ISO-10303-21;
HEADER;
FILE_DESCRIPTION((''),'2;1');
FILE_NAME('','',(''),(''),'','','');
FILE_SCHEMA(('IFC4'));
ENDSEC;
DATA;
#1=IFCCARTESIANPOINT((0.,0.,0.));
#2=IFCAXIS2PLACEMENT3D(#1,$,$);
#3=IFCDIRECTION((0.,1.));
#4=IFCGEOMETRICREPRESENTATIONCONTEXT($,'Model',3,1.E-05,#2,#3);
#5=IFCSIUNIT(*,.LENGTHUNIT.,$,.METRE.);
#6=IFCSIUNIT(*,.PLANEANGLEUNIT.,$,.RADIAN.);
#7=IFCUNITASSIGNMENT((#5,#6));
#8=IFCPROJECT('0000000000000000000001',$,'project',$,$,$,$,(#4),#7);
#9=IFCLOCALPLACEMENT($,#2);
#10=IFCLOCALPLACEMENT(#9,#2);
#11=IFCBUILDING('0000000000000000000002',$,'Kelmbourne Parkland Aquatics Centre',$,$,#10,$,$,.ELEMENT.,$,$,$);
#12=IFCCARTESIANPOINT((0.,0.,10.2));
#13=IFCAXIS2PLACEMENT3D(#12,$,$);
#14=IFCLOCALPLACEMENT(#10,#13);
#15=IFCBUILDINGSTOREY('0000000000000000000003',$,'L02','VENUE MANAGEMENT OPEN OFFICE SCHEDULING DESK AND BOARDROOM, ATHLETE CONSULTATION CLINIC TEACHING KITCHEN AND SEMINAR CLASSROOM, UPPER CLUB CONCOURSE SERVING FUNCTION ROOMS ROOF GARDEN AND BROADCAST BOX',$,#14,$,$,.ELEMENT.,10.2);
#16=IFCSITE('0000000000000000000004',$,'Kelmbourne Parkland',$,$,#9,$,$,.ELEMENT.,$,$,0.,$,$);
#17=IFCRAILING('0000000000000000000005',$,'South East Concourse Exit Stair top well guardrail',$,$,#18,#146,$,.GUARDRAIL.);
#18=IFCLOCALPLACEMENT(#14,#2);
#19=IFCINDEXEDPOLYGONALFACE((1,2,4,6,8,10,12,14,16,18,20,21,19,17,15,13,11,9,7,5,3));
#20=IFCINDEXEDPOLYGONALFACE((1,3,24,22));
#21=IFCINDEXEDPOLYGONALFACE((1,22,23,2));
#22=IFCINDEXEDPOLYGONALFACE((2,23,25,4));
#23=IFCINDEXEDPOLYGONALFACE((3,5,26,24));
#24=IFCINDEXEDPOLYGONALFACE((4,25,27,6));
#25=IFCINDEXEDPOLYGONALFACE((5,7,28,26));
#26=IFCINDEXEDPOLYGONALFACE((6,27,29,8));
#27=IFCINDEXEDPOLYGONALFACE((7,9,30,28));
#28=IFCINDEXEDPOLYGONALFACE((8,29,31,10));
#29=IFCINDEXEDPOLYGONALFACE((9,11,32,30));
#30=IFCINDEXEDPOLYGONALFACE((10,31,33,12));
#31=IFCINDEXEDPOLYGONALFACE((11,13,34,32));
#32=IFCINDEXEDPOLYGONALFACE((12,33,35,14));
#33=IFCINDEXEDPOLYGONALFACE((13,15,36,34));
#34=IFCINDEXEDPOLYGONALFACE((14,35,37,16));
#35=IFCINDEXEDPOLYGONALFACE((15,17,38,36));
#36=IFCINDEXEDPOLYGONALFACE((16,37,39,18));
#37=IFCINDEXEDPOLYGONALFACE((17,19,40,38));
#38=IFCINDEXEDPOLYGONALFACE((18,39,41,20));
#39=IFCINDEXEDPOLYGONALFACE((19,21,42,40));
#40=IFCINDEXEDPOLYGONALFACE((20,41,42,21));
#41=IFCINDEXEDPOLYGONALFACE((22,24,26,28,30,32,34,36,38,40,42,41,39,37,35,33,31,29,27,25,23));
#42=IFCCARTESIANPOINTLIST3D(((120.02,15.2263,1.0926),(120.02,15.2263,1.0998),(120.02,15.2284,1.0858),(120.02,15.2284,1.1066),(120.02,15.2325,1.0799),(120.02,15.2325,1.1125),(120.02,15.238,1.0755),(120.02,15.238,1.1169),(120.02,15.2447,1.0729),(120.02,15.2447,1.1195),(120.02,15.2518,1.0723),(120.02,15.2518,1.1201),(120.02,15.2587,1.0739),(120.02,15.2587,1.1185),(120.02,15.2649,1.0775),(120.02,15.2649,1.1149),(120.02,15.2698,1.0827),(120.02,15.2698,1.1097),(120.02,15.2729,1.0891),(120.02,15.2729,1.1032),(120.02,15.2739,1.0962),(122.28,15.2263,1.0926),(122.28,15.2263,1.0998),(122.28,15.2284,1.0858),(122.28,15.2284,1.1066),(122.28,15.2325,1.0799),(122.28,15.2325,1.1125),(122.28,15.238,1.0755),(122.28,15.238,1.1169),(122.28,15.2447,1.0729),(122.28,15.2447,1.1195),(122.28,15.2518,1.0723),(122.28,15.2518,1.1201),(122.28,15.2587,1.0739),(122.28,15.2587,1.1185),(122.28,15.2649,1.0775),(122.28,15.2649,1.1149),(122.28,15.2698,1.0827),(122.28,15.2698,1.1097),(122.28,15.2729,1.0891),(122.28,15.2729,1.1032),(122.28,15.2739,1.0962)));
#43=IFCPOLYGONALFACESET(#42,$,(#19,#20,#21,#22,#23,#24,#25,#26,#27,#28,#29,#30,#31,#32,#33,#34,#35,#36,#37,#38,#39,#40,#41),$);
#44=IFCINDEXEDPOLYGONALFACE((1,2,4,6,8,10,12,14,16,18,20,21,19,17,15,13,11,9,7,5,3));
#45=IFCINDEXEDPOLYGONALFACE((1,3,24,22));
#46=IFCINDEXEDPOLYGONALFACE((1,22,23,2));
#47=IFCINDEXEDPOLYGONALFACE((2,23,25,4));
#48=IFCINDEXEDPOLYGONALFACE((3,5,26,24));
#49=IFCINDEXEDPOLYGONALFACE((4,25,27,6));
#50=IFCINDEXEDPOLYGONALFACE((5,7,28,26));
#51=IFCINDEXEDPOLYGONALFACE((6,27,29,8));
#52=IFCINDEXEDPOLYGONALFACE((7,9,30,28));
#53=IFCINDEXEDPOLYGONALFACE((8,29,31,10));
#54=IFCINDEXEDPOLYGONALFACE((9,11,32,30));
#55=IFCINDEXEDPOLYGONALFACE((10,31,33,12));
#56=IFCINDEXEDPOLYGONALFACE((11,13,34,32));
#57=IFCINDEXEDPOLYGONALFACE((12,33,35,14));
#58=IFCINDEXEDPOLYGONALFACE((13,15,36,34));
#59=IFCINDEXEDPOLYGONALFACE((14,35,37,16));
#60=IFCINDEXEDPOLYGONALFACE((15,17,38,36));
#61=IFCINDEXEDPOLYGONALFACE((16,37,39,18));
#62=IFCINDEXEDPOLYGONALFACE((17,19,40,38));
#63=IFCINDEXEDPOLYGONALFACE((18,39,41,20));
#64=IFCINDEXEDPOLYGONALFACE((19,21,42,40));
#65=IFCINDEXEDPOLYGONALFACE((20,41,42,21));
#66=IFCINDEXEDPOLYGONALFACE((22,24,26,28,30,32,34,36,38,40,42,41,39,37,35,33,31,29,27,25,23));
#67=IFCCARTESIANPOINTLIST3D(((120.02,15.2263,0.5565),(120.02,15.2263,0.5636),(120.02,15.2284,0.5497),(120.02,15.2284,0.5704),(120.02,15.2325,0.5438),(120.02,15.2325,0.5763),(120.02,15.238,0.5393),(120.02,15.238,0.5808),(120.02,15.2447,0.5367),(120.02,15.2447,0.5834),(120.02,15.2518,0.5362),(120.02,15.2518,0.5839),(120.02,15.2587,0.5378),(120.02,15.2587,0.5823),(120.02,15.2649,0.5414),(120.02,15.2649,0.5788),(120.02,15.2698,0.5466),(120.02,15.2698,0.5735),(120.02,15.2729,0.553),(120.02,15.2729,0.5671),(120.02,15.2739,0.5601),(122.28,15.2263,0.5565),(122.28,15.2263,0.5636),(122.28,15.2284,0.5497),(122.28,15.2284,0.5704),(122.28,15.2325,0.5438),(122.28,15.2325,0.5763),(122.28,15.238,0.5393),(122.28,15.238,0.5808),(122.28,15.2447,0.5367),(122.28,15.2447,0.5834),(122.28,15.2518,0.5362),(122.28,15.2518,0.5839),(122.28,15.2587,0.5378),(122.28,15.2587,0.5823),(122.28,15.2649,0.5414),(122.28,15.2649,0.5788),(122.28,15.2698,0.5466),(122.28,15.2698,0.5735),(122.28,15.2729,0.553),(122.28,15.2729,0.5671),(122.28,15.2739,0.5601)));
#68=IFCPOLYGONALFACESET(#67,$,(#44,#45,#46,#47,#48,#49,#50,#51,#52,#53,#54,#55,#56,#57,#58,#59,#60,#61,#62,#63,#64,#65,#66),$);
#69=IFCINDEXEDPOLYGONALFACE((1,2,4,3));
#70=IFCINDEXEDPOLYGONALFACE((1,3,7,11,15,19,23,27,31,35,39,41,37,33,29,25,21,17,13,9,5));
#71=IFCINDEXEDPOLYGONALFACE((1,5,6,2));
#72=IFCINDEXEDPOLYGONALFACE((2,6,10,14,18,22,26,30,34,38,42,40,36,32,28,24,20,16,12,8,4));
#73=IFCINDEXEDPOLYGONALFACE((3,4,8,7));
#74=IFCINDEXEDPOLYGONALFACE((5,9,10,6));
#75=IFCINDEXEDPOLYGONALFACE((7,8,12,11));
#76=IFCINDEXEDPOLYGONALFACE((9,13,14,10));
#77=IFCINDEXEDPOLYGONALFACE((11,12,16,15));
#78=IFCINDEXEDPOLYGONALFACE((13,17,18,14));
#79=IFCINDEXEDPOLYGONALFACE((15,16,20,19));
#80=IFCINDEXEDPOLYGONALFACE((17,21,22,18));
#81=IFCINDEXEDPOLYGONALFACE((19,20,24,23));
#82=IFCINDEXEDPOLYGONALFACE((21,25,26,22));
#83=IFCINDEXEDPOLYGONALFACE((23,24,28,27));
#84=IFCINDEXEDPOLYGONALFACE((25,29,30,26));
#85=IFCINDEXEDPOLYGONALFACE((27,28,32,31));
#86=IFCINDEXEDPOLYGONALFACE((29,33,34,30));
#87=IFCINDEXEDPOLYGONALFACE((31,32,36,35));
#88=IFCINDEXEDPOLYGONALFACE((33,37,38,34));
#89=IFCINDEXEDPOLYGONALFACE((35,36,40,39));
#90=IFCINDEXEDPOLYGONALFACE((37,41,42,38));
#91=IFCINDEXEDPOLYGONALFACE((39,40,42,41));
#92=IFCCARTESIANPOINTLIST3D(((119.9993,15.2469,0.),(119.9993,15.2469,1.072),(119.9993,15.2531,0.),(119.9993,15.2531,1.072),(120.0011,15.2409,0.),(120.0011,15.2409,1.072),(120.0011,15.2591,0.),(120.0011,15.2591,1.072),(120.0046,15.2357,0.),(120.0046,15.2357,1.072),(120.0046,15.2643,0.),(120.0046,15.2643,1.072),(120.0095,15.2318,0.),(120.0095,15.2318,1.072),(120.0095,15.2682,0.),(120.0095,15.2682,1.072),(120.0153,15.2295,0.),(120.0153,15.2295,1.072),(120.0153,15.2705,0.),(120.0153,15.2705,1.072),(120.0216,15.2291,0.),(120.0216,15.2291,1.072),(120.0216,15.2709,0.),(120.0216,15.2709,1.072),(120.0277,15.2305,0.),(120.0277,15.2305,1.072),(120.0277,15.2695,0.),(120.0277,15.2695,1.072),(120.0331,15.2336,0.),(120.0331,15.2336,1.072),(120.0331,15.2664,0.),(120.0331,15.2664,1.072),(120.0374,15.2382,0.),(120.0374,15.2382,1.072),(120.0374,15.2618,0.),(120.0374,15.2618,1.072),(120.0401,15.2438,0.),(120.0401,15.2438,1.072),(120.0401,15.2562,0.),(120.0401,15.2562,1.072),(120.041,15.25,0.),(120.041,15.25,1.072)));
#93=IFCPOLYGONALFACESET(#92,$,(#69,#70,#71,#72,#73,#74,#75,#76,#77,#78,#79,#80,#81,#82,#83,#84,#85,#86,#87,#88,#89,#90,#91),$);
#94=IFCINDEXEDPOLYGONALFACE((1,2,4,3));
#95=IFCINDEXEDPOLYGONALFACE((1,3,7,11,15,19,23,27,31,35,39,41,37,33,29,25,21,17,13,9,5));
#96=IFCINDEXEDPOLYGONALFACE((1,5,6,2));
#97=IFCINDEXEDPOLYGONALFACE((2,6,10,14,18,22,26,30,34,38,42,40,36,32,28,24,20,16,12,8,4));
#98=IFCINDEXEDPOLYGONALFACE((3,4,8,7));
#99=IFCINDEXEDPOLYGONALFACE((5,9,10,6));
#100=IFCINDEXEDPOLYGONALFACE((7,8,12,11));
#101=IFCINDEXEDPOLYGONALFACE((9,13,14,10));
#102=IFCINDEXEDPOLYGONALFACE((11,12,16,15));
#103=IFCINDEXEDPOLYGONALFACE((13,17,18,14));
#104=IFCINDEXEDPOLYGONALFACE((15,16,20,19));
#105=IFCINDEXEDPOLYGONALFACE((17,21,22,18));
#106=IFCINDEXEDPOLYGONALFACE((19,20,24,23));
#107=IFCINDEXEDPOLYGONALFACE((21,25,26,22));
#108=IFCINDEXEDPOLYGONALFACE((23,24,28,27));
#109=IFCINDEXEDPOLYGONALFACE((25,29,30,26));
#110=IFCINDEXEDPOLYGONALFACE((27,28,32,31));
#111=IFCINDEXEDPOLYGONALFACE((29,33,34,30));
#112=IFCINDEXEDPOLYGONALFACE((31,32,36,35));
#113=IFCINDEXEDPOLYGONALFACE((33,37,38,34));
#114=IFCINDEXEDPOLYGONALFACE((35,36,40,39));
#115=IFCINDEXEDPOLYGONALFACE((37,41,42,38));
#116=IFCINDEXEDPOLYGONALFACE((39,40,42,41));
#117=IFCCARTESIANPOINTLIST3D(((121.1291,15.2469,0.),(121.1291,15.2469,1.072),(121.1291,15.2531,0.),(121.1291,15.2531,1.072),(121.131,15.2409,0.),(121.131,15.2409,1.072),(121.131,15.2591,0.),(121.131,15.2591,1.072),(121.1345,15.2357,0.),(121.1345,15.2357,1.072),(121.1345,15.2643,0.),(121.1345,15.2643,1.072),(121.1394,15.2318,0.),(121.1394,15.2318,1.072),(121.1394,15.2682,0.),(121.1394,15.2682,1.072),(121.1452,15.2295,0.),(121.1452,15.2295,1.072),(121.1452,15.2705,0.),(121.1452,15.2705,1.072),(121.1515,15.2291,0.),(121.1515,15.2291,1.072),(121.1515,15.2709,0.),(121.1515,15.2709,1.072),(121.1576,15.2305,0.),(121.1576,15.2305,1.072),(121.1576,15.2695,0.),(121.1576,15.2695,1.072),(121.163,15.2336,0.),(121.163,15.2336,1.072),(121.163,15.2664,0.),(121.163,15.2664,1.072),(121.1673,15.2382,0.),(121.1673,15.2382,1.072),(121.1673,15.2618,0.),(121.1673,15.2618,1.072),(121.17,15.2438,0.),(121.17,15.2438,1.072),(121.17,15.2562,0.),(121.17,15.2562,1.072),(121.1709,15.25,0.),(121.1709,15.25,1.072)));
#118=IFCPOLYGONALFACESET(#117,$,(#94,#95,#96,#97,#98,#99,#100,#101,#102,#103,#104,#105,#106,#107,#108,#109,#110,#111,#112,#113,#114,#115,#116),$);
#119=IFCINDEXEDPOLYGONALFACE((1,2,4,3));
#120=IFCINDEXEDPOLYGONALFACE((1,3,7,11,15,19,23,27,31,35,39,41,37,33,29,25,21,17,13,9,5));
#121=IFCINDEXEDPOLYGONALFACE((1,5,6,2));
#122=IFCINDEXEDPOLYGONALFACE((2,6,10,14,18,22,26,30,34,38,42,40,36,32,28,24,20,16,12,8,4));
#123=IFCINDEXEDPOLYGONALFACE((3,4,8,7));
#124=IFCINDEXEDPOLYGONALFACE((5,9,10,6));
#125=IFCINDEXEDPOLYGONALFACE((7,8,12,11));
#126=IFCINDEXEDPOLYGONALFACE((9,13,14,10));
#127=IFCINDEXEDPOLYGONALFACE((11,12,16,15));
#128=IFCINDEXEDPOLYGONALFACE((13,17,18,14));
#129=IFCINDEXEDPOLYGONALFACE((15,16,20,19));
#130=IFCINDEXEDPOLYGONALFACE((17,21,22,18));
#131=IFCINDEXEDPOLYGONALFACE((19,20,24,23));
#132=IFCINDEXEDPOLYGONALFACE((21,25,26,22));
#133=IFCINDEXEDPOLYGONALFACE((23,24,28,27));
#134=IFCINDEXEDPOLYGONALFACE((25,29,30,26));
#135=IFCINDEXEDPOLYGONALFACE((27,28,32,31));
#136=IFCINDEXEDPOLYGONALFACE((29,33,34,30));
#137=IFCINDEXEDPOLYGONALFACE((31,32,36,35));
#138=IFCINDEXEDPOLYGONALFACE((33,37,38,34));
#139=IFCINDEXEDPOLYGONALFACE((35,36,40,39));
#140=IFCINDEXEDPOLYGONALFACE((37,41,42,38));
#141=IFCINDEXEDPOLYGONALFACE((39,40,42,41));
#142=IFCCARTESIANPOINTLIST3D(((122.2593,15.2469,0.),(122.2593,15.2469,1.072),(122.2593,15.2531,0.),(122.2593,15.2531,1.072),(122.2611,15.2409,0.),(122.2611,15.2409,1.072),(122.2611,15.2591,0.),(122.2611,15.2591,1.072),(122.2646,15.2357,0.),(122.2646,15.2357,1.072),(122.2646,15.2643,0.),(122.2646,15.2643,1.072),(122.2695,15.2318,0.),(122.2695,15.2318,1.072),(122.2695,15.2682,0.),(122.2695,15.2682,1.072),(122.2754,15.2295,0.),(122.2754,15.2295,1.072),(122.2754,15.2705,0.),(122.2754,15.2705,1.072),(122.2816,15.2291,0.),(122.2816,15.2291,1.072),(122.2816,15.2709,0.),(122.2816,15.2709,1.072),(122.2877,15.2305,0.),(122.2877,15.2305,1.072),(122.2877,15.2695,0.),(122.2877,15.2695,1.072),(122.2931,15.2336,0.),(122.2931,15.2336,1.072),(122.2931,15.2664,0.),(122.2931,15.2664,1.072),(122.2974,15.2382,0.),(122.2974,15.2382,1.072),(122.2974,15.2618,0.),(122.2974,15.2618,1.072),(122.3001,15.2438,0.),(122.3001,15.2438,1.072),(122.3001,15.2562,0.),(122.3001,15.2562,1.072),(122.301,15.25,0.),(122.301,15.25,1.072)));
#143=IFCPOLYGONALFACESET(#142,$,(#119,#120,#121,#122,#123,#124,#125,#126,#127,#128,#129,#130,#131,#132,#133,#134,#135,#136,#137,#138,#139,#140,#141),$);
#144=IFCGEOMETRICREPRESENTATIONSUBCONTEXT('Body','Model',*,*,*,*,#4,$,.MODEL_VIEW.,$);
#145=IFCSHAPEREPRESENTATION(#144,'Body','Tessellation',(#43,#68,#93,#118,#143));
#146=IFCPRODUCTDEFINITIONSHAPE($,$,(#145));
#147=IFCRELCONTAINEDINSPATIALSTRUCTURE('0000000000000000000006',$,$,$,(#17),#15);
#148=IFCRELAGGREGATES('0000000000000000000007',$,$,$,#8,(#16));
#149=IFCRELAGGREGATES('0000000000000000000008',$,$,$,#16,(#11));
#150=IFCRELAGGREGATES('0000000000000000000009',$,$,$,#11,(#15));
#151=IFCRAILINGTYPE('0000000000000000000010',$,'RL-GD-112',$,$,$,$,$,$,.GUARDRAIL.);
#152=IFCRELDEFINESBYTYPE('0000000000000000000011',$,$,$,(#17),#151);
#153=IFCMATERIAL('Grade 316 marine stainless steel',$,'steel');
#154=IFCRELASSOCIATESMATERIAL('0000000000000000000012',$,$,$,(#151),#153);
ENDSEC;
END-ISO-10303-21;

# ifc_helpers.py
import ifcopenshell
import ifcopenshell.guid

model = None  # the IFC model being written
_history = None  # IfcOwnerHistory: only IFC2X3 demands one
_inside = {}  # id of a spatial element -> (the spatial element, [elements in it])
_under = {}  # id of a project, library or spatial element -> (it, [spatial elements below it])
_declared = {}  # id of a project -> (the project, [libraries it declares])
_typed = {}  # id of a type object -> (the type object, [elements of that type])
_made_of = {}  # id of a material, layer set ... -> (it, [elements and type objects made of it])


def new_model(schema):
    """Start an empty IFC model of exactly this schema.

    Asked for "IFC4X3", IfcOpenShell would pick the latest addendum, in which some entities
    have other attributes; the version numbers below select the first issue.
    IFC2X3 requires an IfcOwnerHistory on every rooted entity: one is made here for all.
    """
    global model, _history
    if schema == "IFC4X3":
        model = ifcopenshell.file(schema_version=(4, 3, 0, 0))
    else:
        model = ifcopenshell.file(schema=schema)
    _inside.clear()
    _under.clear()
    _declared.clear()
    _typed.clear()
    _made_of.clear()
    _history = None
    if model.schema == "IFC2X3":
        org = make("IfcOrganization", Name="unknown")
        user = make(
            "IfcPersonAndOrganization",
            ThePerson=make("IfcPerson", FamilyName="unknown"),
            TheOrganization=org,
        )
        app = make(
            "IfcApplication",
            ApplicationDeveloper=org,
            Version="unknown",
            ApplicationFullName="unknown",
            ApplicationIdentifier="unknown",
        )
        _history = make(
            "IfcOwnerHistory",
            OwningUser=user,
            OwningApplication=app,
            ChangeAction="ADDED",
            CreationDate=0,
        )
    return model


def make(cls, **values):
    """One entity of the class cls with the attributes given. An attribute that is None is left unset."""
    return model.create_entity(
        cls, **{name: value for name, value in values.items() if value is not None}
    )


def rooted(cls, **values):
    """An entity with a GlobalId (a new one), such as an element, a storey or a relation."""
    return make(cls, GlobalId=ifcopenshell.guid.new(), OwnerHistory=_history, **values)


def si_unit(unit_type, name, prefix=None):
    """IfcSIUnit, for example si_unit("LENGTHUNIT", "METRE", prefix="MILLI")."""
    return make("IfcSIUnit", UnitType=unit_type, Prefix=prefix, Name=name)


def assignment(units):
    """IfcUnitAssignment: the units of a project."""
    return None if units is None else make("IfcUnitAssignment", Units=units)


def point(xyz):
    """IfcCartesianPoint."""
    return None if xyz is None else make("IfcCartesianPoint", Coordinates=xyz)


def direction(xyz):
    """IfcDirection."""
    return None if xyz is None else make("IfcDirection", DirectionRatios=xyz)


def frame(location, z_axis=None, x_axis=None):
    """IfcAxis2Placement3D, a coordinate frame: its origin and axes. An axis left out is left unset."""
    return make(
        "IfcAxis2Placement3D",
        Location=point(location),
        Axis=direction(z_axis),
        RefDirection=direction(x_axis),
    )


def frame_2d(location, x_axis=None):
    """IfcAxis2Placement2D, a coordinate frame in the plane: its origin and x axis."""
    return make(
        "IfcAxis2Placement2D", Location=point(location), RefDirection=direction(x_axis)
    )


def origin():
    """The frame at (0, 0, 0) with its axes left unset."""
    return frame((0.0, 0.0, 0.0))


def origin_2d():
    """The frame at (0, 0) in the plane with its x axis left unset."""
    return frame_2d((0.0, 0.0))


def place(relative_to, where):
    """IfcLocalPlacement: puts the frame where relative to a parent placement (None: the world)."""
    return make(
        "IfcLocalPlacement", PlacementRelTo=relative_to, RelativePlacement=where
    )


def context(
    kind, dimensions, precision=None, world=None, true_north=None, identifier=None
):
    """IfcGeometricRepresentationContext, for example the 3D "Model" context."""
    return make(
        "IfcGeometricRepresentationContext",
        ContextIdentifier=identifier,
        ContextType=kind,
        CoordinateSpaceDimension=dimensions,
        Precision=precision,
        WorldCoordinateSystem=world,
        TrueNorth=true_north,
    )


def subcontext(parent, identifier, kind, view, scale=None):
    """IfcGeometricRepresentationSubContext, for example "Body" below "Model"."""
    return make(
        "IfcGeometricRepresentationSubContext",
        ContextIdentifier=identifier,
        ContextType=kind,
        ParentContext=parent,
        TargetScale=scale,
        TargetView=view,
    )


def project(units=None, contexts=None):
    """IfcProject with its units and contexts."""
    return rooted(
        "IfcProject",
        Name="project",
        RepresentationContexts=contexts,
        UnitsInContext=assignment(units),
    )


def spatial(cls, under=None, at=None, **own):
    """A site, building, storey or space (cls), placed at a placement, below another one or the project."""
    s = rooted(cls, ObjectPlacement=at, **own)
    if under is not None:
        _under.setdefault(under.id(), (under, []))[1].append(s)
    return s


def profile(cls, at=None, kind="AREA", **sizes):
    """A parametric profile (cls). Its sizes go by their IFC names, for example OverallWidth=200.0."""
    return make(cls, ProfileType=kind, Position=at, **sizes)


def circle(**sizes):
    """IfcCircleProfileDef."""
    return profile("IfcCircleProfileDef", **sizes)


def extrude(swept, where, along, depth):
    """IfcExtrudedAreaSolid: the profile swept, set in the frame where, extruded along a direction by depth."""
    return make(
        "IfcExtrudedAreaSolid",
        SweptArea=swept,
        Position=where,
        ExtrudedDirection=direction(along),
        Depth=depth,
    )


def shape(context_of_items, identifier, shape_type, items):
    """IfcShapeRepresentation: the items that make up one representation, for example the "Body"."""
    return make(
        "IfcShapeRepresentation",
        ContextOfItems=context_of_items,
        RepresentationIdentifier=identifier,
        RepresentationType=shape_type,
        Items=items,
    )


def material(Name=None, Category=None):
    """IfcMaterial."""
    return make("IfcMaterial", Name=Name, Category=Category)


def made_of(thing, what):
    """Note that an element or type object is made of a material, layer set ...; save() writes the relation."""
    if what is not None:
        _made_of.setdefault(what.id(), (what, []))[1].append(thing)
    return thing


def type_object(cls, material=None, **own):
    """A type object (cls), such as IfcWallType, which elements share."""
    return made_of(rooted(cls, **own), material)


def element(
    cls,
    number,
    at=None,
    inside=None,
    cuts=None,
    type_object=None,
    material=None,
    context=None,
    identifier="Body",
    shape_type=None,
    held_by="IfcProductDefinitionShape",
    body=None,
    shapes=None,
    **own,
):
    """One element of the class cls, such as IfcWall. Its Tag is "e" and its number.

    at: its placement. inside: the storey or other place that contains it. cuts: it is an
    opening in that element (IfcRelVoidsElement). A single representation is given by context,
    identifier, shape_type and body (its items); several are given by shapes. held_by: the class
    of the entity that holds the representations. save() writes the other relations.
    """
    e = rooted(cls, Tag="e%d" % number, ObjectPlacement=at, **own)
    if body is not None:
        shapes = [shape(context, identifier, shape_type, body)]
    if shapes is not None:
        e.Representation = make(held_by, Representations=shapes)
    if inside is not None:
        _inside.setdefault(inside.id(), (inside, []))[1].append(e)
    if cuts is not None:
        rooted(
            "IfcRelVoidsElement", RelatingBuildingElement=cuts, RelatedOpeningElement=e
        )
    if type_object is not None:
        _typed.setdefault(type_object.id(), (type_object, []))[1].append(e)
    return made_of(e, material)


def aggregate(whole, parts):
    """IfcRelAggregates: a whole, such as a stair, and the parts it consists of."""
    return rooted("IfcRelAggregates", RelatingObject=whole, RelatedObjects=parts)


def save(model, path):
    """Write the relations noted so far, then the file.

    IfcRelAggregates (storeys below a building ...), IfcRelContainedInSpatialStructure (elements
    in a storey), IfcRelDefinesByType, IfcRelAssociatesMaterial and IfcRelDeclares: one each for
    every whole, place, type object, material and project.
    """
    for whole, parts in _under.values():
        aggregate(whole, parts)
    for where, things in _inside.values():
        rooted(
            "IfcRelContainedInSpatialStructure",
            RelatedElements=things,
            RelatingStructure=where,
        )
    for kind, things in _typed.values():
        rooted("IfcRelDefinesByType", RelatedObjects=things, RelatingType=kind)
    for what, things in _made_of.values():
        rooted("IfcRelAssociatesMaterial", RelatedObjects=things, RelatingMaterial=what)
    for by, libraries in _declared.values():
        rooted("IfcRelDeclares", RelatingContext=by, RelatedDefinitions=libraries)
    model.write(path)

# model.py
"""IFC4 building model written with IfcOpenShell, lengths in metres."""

from ifc_helpers import new_model, si_unit, direction, frame, origin, origin_2d, place, context, subcontext, project, spatial, circle, extrude, material, type_object, element, save


model = new_model("IFC4")

# Units and contexts
model_context = context("Model", 3, precision=1e-05, world=origin(), true_north=direction((0.0, 1.0)))
body_context = subcontext(model_context, "Body", "Model", "MODEL_VIEW")
ifc_project = project(units=[si_unit("LENGTHUNIT", "METRE"), si_unit("PLANEANGLEUNIT", "RADIAN")], contexts=[model_context])

# Site, building, storey
site_placement = place(None, origin())
site = spatial("IfcSite", under=ifc_project, at=site_placement, Name="Kelmbourne Parkland", CompositionType="ELEMENT", RefElevation=0.0)
building_placement = place(site_placement, origin())
building = spatial("IfcBuilding", under=site, at=building_placement, Name="Kelmbourne Parkland Aquatics Centre", CompositionType="ELEMENT")
storey_placement = place(building_placement, frame((0.0, 0.0, 10.2)))
storey = spatial("IfcBuildingStorey", under=building, at=storey_placement, Name="L02", Description="VENUE MANAGEMENT OPEN OFFICE SCHEDULING DESK AND BOARDROOM, ATHLETE CONSULTATION CLINIC TEACHING KITCHEN AND SEMINAR CLASSROOM, UPPER CLUB CONCOURSE SERVING FUNCTION ROOMS ROOF GARDEN AND BROADCAST BOX", CompositionType="ELEMENT", Elevation=10.2)

# Railing
ifc_material_1 = material(Name="Grade 316 marine stainless steel", Category="steel")
railing_type_1 = type_object("IfcRailingType", Name="RL-GD-112", PredefinedType="GUARDRAIL", material=ifc_material_1)
for number, where, name in (
    (1, (120.02, 15.25, 0.0), "South East Concourse Exit Stair top well guardrail"),
):
    element("IfcRailing", number, at=place(storey_placement, frame(where)), inside=storey, type_object=railing_type_1, Name=name, PredefinedType="GUARDRAIL", context=body_context, shape_type="SweptSolid", body=[
        extrude(circle(Radius=0.0239, at=origin_2d()), frame((0.0, 0.0, 1.0962), z_axis=(1.0, 0.0, 0.0), x_axis=(0.0, 1.0, 0.0)), (0.0, 0.0, 1.0), 2.26),
        extrude(circle(Radius=0.0239, at=origin_2d()), frame((0.0, 0.0, 0.5601), z_axis=(1.0, 0.0, 0.0), x_axis=(0.0, 1.0, 0.0)), (0.0, 0.0, 1.0), 2.26),
        extrude(circle(Radius=0.021, at=origin_2d()), origin(), (0.0, 0.0, 1.0), 1.072),
        extrude(circle(Radius=0.021, at=origin_2d()), frame((1.1299, 0.0, 0.0)), (0.0, 0.0, 1.0), 1.072),
        extrude(circle(Radius=0.021, at=origin_2d()), frame((2.26, 0.0, 0.0)), (0.0, 0.0, 1.0), 1.072),
    ])

save(model, "model.ifc")
